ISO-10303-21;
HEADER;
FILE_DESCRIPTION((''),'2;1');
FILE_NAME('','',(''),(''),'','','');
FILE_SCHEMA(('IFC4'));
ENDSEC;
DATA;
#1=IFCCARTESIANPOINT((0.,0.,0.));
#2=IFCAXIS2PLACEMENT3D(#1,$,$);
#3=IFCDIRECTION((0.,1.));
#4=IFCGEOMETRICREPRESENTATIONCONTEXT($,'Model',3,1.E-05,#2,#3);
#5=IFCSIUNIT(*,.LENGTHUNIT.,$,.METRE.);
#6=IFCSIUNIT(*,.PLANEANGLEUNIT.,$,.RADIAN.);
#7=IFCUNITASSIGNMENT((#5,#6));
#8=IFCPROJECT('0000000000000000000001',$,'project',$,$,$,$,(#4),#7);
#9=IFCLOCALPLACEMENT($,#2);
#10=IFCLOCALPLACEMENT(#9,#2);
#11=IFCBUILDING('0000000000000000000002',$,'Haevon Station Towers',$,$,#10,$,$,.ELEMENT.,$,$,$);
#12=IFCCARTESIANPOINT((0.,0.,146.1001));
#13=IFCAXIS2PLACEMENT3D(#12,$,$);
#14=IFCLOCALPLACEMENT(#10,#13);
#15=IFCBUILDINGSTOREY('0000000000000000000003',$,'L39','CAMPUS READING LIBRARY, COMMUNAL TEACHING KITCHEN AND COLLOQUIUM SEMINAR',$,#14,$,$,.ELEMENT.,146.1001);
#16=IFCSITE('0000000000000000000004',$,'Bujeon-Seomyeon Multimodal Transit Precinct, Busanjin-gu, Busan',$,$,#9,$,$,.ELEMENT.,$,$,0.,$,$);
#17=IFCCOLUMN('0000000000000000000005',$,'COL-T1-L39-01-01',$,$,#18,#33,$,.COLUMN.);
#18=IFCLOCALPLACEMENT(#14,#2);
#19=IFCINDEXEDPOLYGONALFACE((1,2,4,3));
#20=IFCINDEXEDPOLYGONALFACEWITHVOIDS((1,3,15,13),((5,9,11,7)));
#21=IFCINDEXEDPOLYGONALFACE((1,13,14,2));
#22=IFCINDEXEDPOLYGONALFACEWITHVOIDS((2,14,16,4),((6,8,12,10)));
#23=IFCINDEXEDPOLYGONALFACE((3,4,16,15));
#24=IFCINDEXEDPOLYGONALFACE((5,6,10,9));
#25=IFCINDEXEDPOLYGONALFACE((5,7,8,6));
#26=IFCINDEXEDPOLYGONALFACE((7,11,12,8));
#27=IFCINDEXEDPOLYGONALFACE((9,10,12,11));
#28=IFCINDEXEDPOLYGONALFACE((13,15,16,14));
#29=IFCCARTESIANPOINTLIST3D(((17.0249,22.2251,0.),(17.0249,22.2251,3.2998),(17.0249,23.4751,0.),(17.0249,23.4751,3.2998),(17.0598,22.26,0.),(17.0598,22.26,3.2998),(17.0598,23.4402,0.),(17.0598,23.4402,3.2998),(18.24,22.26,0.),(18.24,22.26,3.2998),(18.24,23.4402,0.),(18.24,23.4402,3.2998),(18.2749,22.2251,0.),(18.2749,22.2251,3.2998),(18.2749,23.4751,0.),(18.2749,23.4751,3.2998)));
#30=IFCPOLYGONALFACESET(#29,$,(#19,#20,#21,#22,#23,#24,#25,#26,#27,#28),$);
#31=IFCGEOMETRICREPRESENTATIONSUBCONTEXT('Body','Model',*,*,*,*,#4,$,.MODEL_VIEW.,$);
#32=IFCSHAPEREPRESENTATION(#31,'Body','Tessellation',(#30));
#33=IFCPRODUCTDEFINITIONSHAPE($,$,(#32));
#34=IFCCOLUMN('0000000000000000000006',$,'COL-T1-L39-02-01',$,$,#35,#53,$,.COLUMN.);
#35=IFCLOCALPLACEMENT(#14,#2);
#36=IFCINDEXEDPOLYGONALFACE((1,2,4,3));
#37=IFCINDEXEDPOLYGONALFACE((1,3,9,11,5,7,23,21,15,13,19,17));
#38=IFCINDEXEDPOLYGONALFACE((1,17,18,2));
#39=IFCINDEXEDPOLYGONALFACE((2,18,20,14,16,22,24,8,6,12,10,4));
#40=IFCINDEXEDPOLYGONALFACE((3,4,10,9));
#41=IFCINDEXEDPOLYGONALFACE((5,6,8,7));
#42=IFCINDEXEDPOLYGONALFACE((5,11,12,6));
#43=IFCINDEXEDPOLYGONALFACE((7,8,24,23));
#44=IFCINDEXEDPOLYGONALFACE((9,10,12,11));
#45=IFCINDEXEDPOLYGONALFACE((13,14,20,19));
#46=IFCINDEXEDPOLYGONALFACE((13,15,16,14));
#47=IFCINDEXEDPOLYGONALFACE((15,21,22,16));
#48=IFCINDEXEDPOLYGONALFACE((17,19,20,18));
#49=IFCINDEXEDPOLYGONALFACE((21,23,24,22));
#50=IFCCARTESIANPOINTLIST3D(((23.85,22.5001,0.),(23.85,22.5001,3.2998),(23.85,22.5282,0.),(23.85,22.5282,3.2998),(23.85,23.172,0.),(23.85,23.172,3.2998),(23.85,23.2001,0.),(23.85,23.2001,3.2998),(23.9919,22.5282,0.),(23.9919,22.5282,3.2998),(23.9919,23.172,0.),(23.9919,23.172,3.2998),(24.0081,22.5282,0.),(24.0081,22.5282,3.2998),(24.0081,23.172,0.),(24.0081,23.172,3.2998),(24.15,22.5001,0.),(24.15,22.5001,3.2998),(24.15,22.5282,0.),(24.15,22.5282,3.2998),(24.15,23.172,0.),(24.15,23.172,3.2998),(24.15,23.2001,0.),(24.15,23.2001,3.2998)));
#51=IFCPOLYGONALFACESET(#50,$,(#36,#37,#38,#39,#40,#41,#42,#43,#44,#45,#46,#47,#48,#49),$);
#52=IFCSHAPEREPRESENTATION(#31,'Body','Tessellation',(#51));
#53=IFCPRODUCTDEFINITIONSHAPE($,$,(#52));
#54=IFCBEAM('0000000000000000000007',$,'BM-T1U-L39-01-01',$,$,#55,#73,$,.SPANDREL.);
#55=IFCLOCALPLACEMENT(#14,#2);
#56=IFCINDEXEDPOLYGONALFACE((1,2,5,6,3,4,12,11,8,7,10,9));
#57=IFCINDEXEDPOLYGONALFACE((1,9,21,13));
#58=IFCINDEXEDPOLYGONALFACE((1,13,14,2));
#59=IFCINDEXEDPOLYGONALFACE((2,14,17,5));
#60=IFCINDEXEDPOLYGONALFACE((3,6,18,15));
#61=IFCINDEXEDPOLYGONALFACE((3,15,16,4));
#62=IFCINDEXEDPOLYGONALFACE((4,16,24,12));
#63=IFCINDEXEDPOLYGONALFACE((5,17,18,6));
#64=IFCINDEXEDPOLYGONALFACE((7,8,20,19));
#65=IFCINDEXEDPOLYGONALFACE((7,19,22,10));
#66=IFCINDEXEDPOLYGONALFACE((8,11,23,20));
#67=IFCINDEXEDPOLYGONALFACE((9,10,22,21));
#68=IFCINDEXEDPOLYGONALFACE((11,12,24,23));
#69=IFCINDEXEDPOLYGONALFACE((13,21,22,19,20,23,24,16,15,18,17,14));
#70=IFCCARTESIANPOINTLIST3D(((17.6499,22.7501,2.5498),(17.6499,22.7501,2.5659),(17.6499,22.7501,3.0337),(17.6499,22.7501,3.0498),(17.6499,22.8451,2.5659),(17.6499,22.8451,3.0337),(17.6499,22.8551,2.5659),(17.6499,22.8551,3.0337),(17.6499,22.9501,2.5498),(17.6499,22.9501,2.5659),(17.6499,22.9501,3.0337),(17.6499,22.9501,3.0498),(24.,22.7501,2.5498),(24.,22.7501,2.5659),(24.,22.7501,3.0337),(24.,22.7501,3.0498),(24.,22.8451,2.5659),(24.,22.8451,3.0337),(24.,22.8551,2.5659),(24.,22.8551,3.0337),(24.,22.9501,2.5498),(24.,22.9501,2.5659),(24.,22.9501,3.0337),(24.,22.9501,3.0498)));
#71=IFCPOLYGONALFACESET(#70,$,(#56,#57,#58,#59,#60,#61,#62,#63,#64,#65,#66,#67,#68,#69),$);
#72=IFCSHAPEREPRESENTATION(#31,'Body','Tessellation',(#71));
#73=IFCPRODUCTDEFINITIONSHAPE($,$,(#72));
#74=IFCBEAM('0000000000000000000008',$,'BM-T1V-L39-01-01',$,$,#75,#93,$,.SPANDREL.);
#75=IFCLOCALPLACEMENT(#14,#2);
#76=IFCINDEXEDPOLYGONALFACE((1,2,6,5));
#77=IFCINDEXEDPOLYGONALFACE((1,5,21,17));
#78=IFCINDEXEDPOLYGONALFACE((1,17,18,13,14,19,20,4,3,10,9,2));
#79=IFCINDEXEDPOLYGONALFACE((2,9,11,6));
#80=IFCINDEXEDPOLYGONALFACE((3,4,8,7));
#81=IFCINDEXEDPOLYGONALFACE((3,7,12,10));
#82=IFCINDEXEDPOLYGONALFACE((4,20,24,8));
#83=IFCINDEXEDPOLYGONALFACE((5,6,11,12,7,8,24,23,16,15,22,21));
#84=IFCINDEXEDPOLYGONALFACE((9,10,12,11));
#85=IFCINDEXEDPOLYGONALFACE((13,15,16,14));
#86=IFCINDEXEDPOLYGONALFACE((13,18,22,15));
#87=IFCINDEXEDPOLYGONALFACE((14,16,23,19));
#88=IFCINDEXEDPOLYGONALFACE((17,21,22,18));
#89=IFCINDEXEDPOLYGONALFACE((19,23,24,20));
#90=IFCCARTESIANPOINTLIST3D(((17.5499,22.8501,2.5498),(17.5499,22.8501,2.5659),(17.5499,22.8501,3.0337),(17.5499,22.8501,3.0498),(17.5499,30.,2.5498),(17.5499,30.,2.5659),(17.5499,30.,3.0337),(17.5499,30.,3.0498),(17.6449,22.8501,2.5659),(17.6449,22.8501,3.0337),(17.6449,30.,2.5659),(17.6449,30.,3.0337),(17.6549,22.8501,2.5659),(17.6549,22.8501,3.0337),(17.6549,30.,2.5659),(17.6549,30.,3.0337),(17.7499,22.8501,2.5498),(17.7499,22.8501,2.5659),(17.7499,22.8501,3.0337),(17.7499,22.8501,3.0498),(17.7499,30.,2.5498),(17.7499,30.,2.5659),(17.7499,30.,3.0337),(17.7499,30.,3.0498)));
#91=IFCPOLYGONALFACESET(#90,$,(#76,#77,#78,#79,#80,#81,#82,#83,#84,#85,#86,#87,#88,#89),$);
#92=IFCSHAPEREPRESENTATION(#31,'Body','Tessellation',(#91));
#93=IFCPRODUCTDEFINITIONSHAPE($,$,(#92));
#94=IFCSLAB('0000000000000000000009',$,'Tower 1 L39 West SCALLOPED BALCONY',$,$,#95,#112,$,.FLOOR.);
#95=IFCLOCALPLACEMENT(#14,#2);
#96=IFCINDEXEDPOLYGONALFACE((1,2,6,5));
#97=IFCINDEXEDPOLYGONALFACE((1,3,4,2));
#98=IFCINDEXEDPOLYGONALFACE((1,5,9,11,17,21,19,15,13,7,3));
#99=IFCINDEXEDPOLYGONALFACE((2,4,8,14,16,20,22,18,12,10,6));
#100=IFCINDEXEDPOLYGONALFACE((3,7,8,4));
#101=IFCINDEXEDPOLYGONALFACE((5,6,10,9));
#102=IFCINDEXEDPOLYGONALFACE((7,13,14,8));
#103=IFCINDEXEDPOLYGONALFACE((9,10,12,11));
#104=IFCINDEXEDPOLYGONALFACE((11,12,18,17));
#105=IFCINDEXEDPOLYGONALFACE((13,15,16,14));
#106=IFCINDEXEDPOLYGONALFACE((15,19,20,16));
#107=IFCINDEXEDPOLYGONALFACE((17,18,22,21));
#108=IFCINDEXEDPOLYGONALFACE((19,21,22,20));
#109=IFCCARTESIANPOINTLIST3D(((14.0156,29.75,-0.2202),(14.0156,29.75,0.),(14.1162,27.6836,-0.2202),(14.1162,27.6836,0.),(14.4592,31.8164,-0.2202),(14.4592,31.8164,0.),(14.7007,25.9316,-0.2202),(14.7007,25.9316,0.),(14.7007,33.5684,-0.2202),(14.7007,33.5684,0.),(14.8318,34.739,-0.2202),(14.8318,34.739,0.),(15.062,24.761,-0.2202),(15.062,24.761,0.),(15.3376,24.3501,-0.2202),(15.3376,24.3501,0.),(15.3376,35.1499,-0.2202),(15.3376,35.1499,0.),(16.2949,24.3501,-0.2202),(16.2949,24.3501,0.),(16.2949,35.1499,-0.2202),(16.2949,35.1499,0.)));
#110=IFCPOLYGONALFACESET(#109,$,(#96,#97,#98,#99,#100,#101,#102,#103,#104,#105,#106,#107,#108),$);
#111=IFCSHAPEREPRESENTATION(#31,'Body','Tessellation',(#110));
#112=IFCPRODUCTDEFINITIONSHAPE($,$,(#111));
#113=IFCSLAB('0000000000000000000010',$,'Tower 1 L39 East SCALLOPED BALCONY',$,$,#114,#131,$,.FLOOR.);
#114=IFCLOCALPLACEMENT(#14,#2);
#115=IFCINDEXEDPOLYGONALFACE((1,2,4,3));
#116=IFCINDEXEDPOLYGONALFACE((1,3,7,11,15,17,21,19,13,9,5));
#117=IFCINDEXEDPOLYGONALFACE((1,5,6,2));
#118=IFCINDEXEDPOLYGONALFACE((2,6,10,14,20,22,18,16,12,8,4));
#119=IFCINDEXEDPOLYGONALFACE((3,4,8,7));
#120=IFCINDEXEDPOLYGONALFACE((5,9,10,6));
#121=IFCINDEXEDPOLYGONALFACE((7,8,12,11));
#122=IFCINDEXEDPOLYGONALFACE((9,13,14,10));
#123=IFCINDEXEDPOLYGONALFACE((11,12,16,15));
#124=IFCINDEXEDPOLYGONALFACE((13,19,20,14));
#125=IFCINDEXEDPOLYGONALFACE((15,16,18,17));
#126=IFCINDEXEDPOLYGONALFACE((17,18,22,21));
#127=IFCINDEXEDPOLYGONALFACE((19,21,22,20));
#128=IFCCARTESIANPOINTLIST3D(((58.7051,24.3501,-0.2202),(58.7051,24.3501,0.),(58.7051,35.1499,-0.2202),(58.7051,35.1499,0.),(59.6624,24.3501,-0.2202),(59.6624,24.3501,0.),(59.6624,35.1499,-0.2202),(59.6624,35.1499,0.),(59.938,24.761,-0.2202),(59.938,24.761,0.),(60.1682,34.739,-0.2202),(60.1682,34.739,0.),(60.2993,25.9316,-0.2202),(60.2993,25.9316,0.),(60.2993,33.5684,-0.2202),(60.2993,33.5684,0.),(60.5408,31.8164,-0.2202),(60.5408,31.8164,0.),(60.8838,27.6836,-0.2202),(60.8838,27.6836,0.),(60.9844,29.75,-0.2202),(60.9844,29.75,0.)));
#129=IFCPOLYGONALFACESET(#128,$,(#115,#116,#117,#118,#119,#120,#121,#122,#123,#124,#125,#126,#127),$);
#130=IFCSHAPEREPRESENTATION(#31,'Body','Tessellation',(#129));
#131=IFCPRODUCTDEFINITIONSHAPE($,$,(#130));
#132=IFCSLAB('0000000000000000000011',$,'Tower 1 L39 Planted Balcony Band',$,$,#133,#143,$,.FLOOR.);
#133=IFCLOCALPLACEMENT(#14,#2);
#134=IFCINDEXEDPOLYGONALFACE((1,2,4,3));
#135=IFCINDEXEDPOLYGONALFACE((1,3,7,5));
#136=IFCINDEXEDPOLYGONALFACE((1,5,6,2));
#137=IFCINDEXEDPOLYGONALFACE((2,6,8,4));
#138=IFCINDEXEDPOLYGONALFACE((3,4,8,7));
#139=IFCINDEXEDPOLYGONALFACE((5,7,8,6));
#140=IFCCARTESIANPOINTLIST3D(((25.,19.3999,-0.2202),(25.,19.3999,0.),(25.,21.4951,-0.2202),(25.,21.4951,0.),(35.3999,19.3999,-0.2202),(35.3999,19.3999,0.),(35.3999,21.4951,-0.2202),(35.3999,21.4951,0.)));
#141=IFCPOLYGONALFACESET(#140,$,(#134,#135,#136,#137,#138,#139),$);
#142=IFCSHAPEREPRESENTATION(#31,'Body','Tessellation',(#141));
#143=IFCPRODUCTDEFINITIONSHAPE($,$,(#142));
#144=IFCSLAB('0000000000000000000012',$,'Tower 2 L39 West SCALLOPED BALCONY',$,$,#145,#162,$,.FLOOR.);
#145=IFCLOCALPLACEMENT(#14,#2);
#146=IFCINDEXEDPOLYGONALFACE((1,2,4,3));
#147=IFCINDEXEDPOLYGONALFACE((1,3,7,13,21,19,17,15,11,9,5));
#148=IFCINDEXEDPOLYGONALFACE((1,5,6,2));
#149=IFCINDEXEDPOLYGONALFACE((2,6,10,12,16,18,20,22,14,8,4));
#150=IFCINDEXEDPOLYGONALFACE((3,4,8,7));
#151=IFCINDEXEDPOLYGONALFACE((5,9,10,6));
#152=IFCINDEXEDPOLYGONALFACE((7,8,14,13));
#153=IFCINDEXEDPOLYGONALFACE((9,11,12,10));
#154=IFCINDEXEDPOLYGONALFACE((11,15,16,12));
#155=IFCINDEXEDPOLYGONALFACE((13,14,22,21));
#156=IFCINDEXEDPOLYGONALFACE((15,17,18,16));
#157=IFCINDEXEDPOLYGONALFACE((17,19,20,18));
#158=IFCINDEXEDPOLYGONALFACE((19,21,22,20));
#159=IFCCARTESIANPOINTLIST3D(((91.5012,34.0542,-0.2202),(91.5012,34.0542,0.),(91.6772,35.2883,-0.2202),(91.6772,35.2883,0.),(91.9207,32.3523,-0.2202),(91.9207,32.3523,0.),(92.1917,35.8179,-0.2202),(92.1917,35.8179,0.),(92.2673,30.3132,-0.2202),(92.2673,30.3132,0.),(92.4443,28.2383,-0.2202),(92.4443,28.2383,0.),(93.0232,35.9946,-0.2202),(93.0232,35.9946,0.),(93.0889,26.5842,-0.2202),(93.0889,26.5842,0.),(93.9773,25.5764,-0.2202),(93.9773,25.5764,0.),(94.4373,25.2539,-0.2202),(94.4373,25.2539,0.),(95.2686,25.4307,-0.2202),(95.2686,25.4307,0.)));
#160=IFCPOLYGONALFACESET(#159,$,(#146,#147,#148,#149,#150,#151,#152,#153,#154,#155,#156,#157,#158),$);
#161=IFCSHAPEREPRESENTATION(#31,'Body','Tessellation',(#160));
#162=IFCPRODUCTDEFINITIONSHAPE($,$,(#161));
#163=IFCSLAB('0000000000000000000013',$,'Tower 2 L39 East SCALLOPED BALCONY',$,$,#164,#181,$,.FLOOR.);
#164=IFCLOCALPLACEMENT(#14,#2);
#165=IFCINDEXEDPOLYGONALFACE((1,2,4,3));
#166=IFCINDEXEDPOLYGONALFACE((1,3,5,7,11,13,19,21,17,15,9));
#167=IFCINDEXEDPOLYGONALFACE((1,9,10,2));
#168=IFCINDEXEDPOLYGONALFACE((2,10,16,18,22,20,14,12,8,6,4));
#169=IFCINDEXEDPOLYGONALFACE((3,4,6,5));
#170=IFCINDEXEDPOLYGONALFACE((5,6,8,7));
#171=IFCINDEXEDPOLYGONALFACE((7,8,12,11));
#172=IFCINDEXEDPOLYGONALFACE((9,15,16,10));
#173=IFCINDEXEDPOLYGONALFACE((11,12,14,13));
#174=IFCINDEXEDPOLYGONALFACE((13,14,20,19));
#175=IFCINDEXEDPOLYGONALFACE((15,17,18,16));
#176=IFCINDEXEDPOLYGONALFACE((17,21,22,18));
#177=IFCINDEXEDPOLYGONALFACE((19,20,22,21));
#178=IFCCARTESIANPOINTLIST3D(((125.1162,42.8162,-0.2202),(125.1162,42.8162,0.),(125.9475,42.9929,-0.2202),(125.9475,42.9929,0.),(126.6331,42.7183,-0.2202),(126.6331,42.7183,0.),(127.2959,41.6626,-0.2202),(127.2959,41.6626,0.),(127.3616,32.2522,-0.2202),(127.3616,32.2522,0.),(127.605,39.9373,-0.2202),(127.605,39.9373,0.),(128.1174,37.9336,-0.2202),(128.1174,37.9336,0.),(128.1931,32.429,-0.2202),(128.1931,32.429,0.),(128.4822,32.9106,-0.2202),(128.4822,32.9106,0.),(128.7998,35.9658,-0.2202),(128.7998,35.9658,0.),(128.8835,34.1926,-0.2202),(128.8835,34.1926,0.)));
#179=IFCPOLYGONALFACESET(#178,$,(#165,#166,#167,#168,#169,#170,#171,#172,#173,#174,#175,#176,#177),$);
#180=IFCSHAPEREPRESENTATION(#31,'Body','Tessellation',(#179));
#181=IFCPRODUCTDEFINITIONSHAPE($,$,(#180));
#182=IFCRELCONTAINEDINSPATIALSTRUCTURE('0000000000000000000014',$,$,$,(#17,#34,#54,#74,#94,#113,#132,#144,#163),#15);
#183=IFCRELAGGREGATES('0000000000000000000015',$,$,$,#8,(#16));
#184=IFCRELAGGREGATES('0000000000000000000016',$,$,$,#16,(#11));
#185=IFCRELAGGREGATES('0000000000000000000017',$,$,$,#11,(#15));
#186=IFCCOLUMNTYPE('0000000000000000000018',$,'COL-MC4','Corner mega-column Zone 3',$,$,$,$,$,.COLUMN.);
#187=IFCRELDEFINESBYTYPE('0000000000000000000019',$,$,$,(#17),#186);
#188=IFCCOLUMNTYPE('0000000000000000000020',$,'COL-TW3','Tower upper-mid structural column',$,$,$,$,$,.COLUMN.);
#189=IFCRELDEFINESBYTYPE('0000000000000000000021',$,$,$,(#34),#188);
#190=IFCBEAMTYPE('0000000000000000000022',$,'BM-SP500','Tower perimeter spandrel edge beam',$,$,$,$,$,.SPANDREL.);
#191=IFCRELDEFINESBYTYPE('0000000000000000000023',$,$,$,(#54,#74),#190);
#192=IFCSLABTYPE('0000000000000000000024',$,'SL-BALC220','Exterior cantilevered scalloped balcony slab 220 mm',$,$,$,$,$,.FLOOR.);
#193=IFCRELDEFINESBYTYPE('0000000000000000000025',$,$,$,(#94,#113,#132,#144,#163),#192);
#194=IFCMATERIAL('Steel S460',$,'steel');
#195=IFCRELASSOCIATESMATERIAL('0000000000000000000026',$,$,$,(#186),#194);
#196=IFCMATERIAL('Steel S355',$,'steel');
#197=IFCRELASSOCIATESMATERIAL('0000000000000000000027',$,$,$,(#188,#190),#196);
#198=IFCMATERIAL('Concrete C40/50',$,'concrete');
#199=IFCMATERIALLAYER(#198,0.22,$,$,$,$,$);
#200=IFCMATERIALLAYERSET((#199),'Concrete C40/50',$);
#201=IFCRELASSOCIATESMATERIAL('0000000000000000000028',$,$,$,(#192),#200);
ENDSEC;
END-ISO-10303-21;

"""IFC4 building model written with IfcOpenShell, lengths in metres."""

from ifc_helpers import new_model, si_unit, direction, frame, origin, origin_2d, place, context, subcontext, project, spatial, polyline, hollow_rectangle, i_section, outline, extrude, material, layer, layer_set, material_profile, profile_set, type_object, element, save


model = new_model("IFC4")

# Units and contexts
model_context = context("Model", 3, precision=1e-05, world=origin(), true_north=direction((0.0, 1.0)))
body_context = subcontext(model_context, "Body", "Model", "MODEL_VIEW")
ifc_project = project(units=[si_unit("LENGTHUNIT", "METRE"), si_unit("PLANEANGLEUNIT", "RADIAN")], contexts=[model_context])

# Site, building, storey
site_placement = place(None, origin())
site = spatial("IfcSite", under=ifc_project, at=site_placement, Name="Bujeon-Seomyeon Multimodal Transit Precinct, Busanjin-gu, Busan", CompositionType="ELEMENT", RefElevation=0.0)
building_placement = place(site_placement, origin())
building = spatial("IfcBuilding", under=site, at=building_placement, Name="Haevon Station Towers", CompositionType="ELEMENT")
storey_placement = place(building_placement, frame((0.0, 0.0, 146.1001)))
storey = spatial("IfcBuildingStorey", under=building, at=storey_placement, Name="L39", Description="CAMPUS READING LIBRARY, COMMUNAL TEACHING KITCHEN AND COLLOQUIUM SEMINAR", CompositionType="ELEMENT", Elevation=146.1001)

# Columns
ifc_material_1 = material(Name="Steel S460", Category="steel")
ifc_material_profile_1 = material_profile(ifc_material_1, hollow_rectangle(XDim=1.25, YDim=1.25, WallThickness=0.0349, at=origin_2d()), Name="BOX-1250x1250x35")
ifc_profile_set_1 = profile_set([ifc_material_profile_1], Name="Steel S460")
column_type_1 = type_object("IfcColumnType", Name="COL-MC4", Description="Corner mega-column Zone 3", PredefinedType="COLUMN", material=ifc_profile_set_1)
column_1_placement = place(storey_placement, frame((17.6499, 22.8501, 0.0), z_axis=(0.0, 0.0, 1.0), x_axis=(1.0, 0.0, 0.0)))
element("IfcColumn", 1, at=column_1_placement, inside=storey, type_object=column_type_1, Name="COL-T1-L39-01-01", PredefinedType="COLUMN", context=body_context, shape_type="SweptSolid", body=[
    extrude(hollow_rectangle(XDim=1.25, YDim=1.25, WallThickness=0.0349, at=origin_2d()), origin(), (0.0, 0.0, 1.0), 3.2998),
])
ifc_material_2 = material(Name="Steel S355", Category="steel")
ifc_material_profile_2 = material_profile(ifc_material_2, i_section(OverallWidth=0.3, OverallDepth=0.7, WebThickness=0.0161, FlangeThickness=0.0281, at=origin_2d()), Name="H-700x300x16x28")
ifc_profile_set_2 = profile_set([ifc_material_profile_2], Name="Steel S355")
column_type_2 = type_object("IfcColumnType", Name="COL-TW3", Description="Tower upper-mid structural column", PredefinedType="COLUMN", material=ifc_profile_set_2)
column_2_placement = place(storey_placement, frame((24.0, 22.8501, 0.0), z_axis=(0.0, 0.0, 1.0), x_axis=(1.0, 0.0, 0.0)))
element("IfcColumn", 2, at=column_2_placement, inside=storey, type_object=column_type_2, Name="COL-T1-L39-02-01", PredefinedType="COLUMN", context=body_context, shape_type="SweptSolid", body=[
    extrude(i_section(OverallWidth=0.3, OverallDepth=0.7, WebThickness=0.0161, FlangeThickness=0.0281, at=origin_2d()), origin(), (0.0, 0.0, 1.0), 3.2998),
])

# Beams
ifc_material_profile_3 = material_profile(ifc_material_2, i_section(OverallWidth=0.2, OverallDepth=0.5, WebThickness=0.01, FlangeThickness=0.0161, at=origin_2d()), Name="H-500x200x10x16")
ifc_profile_set_3 = profile_set([ifc_material_profile_3], Name="Steel S355")
beam_type = type_object("IfcBeamType", Name="BM-SP500", Description="Tower perimeter spandrel edge beam", PredefinedType="SPANDREL", material=ifc_profile_set_3)
beam_1_placement = place(storey_placement, frame((17.6499, 22.8501, 2.7998), z_axis=(1.0, 0.0, 0.0), x_axis=(0.0, 1.0, 0.0)))
element("IfcBeam", 3, at=beam_1_placement, inside=storey, type_object=beam_type, Name="BM-T1U-L39-01-01", PredefinedType="SPANDREL", context=body_context, shape_type="SweptSolid", body=[
    extrude(i_section(OverallWidth=0.2, OverallDepth=0.5, WebThickness=0.01, FlangeThickness=0.0161, at=origin_2d()), origin(), (0.0, 0.0, 1.0), 6.3501),
])
beam_2_placement = place(storey_placement, frame((17.6499, 22.8501, 2.7998), z_axis=(0.0, 1.0, 0.0), x_axis=(-1.0, 0.0, 0.0)))
element("IfcBeam", 4, at=beam_2_placement, inside=storey, type_object=beam_type, Name="BM-T1V-L39-01-01", PredefinedType="SPANDREL", context=body_context, shape_type="SweptSolid", body=[
    extrude(i_section(OverallWidth=0.2, OverallDepth=0.5, WebThickness=0.01, FlangeThickness=0.0161, at=origin_2d()), origin(), (0.0, 0.0, 1.0), 7.1499),
])

# Slabs
ifc_material_3 = material(Name="Concrete C40/50", Category="concrete")
ifc_layer_1 = layer(ifc_material_3, 0.22)
ifc_layer_set_1 = layer_set([ifc_layer_1], Name="Concrete C40/50")
slab_type_1 = type_object("IfcSlabType", Name="SL-BALC220", Description="Exterior cantilevered scalloped balcony slab 220 mm", PredefinedType="FLOOR", material=ifc_layer_set_1)
slab_1_placement = place(storey_placement, frame((0.0, 0.0, -0.2202)))
element("IfcSlab", 5, at=slab_1_placement, inside=storey, type_object=slab_type_1, Name="Tower 1 L39 West SCALLOPED BALCONY", PredefinedType="FLOOR", context=body_context, shape_type="SweptSolid", body=[
    extrude(outline(polyline([(16.2949, 35.1499), (15.3376, 35.1499), (14.8318, 34.739), (14.7007, 33.5684), (14.4592, 31.8164), (14.0156, 29.75), (14.1162, 27.6836), (14.7007, 25.9316), (15.062, 24.761), (15.3376, 24.3501), (16.2949, 24.3501), (16.2949, 35.1499)])), origin(), (0.0, 0.0, 1.0), 0.2202),
])
slab_2_placement = place(storey_placement, frame((0.0, 0.0, -0.2202)))
element("IfcSlab", 6, at=slab_2_placement, inside=storey, type_object=slab_type_1, Name="Tower 1 L39 East SCALLOPED BALCONY", PredefinedType="FLOOR", context=body_context, shape_type="SweptSolid", body=[
    extrude(outline(polyline([(58.7051, 24.3501), (59.6624, 24.3501), (59.938, 24.761), (60.2993, 25.9316), (60.8838, 27.6836), (60.9844, 29.75), (60.5408, 31.8164), (60.2993, 33.5684), (60.1682, 34.739), (59.6624, 35.1499), (58.7051, 35.1499), (58.7051, 24.3501)])), origin(), (0.0, 0.0, 1.0), 0.2202),
])
slab_3_placement = place(storey_placement, frame((0.0, 0.0, -0.2202)))
element("IfcSlab", 7, at=slab_3_placement, inside=storey, type_object=slab_type_1, Name="Tower 1 L39 Planted Balcony Band", PredefinedType="FLOOR", context=body_context, shape_type="SweptSolid", body=[
    extrude(outline(polyline([(25.0, 19.3999), (35.3999, 19.3999), (35.3999, 21.4951), (25.0, 21.4951), (25.0, 19.3999)])), origin(), (0.0, 0.0, 1.0), 0.2202),
])
slab_4_placement = place(storey_placement, frame((0.0, 0.0, -0.2202)))
element("IfcSlab", 8, at=slab_4_placement, inside=storey, type_object=slab_type_1, Name="Tower 2 L39 West SCALLOPED BALCONY", PredefinedType="FLOOR", context=body_context, shape_type="SweptSolid", body=[
    extrude(outline(polyline([(93.0232, 35.9946), (92.1917, 35.8179), (91.6772, 35.2883), (91.5012, 34.0542), (91.9207, 32.3523), (92.2673, 30.3132), (92.4443, 28.2383), (93.0889, 26.5842), (93.9773, 25.5764), (94.4373, 25.2539), (95.2686, 25.4307), (93.0232, 35.9946)])), origin(), (0.0, 0.0, 1.0), 0.2202),
])
slab_5_placement = place(storey_placement, frame((0.0, 0.0, -0.2202)))
element("IfcSlab", 9, at=slab_5_placement, inside=storey, type_object=slab_type_1, Name="Tower 2 L39 East SCALLOPED BALCONY", PredefinedType="FLOOR", context=body_context, shape_type="SweptSolid", body=[
    extrude(outline(polyline([(127.3616, 32.2522), (128.1931, 32.429), (128.4822, 32.9106), (128.8835, 34.1926), (128.7998, 35.9658), (128.1174, 37.9336), (127.605, 39.9373), (127.2959, 41.6626), (126.6331, 42.7183), (125.9475, 42.9929), (125.1162, 42.8162), (127.3616, 32.2522)])), origin(), (0.0, 0.0, 1.0), 0.2202),
])

save(model, "model.ifc")
